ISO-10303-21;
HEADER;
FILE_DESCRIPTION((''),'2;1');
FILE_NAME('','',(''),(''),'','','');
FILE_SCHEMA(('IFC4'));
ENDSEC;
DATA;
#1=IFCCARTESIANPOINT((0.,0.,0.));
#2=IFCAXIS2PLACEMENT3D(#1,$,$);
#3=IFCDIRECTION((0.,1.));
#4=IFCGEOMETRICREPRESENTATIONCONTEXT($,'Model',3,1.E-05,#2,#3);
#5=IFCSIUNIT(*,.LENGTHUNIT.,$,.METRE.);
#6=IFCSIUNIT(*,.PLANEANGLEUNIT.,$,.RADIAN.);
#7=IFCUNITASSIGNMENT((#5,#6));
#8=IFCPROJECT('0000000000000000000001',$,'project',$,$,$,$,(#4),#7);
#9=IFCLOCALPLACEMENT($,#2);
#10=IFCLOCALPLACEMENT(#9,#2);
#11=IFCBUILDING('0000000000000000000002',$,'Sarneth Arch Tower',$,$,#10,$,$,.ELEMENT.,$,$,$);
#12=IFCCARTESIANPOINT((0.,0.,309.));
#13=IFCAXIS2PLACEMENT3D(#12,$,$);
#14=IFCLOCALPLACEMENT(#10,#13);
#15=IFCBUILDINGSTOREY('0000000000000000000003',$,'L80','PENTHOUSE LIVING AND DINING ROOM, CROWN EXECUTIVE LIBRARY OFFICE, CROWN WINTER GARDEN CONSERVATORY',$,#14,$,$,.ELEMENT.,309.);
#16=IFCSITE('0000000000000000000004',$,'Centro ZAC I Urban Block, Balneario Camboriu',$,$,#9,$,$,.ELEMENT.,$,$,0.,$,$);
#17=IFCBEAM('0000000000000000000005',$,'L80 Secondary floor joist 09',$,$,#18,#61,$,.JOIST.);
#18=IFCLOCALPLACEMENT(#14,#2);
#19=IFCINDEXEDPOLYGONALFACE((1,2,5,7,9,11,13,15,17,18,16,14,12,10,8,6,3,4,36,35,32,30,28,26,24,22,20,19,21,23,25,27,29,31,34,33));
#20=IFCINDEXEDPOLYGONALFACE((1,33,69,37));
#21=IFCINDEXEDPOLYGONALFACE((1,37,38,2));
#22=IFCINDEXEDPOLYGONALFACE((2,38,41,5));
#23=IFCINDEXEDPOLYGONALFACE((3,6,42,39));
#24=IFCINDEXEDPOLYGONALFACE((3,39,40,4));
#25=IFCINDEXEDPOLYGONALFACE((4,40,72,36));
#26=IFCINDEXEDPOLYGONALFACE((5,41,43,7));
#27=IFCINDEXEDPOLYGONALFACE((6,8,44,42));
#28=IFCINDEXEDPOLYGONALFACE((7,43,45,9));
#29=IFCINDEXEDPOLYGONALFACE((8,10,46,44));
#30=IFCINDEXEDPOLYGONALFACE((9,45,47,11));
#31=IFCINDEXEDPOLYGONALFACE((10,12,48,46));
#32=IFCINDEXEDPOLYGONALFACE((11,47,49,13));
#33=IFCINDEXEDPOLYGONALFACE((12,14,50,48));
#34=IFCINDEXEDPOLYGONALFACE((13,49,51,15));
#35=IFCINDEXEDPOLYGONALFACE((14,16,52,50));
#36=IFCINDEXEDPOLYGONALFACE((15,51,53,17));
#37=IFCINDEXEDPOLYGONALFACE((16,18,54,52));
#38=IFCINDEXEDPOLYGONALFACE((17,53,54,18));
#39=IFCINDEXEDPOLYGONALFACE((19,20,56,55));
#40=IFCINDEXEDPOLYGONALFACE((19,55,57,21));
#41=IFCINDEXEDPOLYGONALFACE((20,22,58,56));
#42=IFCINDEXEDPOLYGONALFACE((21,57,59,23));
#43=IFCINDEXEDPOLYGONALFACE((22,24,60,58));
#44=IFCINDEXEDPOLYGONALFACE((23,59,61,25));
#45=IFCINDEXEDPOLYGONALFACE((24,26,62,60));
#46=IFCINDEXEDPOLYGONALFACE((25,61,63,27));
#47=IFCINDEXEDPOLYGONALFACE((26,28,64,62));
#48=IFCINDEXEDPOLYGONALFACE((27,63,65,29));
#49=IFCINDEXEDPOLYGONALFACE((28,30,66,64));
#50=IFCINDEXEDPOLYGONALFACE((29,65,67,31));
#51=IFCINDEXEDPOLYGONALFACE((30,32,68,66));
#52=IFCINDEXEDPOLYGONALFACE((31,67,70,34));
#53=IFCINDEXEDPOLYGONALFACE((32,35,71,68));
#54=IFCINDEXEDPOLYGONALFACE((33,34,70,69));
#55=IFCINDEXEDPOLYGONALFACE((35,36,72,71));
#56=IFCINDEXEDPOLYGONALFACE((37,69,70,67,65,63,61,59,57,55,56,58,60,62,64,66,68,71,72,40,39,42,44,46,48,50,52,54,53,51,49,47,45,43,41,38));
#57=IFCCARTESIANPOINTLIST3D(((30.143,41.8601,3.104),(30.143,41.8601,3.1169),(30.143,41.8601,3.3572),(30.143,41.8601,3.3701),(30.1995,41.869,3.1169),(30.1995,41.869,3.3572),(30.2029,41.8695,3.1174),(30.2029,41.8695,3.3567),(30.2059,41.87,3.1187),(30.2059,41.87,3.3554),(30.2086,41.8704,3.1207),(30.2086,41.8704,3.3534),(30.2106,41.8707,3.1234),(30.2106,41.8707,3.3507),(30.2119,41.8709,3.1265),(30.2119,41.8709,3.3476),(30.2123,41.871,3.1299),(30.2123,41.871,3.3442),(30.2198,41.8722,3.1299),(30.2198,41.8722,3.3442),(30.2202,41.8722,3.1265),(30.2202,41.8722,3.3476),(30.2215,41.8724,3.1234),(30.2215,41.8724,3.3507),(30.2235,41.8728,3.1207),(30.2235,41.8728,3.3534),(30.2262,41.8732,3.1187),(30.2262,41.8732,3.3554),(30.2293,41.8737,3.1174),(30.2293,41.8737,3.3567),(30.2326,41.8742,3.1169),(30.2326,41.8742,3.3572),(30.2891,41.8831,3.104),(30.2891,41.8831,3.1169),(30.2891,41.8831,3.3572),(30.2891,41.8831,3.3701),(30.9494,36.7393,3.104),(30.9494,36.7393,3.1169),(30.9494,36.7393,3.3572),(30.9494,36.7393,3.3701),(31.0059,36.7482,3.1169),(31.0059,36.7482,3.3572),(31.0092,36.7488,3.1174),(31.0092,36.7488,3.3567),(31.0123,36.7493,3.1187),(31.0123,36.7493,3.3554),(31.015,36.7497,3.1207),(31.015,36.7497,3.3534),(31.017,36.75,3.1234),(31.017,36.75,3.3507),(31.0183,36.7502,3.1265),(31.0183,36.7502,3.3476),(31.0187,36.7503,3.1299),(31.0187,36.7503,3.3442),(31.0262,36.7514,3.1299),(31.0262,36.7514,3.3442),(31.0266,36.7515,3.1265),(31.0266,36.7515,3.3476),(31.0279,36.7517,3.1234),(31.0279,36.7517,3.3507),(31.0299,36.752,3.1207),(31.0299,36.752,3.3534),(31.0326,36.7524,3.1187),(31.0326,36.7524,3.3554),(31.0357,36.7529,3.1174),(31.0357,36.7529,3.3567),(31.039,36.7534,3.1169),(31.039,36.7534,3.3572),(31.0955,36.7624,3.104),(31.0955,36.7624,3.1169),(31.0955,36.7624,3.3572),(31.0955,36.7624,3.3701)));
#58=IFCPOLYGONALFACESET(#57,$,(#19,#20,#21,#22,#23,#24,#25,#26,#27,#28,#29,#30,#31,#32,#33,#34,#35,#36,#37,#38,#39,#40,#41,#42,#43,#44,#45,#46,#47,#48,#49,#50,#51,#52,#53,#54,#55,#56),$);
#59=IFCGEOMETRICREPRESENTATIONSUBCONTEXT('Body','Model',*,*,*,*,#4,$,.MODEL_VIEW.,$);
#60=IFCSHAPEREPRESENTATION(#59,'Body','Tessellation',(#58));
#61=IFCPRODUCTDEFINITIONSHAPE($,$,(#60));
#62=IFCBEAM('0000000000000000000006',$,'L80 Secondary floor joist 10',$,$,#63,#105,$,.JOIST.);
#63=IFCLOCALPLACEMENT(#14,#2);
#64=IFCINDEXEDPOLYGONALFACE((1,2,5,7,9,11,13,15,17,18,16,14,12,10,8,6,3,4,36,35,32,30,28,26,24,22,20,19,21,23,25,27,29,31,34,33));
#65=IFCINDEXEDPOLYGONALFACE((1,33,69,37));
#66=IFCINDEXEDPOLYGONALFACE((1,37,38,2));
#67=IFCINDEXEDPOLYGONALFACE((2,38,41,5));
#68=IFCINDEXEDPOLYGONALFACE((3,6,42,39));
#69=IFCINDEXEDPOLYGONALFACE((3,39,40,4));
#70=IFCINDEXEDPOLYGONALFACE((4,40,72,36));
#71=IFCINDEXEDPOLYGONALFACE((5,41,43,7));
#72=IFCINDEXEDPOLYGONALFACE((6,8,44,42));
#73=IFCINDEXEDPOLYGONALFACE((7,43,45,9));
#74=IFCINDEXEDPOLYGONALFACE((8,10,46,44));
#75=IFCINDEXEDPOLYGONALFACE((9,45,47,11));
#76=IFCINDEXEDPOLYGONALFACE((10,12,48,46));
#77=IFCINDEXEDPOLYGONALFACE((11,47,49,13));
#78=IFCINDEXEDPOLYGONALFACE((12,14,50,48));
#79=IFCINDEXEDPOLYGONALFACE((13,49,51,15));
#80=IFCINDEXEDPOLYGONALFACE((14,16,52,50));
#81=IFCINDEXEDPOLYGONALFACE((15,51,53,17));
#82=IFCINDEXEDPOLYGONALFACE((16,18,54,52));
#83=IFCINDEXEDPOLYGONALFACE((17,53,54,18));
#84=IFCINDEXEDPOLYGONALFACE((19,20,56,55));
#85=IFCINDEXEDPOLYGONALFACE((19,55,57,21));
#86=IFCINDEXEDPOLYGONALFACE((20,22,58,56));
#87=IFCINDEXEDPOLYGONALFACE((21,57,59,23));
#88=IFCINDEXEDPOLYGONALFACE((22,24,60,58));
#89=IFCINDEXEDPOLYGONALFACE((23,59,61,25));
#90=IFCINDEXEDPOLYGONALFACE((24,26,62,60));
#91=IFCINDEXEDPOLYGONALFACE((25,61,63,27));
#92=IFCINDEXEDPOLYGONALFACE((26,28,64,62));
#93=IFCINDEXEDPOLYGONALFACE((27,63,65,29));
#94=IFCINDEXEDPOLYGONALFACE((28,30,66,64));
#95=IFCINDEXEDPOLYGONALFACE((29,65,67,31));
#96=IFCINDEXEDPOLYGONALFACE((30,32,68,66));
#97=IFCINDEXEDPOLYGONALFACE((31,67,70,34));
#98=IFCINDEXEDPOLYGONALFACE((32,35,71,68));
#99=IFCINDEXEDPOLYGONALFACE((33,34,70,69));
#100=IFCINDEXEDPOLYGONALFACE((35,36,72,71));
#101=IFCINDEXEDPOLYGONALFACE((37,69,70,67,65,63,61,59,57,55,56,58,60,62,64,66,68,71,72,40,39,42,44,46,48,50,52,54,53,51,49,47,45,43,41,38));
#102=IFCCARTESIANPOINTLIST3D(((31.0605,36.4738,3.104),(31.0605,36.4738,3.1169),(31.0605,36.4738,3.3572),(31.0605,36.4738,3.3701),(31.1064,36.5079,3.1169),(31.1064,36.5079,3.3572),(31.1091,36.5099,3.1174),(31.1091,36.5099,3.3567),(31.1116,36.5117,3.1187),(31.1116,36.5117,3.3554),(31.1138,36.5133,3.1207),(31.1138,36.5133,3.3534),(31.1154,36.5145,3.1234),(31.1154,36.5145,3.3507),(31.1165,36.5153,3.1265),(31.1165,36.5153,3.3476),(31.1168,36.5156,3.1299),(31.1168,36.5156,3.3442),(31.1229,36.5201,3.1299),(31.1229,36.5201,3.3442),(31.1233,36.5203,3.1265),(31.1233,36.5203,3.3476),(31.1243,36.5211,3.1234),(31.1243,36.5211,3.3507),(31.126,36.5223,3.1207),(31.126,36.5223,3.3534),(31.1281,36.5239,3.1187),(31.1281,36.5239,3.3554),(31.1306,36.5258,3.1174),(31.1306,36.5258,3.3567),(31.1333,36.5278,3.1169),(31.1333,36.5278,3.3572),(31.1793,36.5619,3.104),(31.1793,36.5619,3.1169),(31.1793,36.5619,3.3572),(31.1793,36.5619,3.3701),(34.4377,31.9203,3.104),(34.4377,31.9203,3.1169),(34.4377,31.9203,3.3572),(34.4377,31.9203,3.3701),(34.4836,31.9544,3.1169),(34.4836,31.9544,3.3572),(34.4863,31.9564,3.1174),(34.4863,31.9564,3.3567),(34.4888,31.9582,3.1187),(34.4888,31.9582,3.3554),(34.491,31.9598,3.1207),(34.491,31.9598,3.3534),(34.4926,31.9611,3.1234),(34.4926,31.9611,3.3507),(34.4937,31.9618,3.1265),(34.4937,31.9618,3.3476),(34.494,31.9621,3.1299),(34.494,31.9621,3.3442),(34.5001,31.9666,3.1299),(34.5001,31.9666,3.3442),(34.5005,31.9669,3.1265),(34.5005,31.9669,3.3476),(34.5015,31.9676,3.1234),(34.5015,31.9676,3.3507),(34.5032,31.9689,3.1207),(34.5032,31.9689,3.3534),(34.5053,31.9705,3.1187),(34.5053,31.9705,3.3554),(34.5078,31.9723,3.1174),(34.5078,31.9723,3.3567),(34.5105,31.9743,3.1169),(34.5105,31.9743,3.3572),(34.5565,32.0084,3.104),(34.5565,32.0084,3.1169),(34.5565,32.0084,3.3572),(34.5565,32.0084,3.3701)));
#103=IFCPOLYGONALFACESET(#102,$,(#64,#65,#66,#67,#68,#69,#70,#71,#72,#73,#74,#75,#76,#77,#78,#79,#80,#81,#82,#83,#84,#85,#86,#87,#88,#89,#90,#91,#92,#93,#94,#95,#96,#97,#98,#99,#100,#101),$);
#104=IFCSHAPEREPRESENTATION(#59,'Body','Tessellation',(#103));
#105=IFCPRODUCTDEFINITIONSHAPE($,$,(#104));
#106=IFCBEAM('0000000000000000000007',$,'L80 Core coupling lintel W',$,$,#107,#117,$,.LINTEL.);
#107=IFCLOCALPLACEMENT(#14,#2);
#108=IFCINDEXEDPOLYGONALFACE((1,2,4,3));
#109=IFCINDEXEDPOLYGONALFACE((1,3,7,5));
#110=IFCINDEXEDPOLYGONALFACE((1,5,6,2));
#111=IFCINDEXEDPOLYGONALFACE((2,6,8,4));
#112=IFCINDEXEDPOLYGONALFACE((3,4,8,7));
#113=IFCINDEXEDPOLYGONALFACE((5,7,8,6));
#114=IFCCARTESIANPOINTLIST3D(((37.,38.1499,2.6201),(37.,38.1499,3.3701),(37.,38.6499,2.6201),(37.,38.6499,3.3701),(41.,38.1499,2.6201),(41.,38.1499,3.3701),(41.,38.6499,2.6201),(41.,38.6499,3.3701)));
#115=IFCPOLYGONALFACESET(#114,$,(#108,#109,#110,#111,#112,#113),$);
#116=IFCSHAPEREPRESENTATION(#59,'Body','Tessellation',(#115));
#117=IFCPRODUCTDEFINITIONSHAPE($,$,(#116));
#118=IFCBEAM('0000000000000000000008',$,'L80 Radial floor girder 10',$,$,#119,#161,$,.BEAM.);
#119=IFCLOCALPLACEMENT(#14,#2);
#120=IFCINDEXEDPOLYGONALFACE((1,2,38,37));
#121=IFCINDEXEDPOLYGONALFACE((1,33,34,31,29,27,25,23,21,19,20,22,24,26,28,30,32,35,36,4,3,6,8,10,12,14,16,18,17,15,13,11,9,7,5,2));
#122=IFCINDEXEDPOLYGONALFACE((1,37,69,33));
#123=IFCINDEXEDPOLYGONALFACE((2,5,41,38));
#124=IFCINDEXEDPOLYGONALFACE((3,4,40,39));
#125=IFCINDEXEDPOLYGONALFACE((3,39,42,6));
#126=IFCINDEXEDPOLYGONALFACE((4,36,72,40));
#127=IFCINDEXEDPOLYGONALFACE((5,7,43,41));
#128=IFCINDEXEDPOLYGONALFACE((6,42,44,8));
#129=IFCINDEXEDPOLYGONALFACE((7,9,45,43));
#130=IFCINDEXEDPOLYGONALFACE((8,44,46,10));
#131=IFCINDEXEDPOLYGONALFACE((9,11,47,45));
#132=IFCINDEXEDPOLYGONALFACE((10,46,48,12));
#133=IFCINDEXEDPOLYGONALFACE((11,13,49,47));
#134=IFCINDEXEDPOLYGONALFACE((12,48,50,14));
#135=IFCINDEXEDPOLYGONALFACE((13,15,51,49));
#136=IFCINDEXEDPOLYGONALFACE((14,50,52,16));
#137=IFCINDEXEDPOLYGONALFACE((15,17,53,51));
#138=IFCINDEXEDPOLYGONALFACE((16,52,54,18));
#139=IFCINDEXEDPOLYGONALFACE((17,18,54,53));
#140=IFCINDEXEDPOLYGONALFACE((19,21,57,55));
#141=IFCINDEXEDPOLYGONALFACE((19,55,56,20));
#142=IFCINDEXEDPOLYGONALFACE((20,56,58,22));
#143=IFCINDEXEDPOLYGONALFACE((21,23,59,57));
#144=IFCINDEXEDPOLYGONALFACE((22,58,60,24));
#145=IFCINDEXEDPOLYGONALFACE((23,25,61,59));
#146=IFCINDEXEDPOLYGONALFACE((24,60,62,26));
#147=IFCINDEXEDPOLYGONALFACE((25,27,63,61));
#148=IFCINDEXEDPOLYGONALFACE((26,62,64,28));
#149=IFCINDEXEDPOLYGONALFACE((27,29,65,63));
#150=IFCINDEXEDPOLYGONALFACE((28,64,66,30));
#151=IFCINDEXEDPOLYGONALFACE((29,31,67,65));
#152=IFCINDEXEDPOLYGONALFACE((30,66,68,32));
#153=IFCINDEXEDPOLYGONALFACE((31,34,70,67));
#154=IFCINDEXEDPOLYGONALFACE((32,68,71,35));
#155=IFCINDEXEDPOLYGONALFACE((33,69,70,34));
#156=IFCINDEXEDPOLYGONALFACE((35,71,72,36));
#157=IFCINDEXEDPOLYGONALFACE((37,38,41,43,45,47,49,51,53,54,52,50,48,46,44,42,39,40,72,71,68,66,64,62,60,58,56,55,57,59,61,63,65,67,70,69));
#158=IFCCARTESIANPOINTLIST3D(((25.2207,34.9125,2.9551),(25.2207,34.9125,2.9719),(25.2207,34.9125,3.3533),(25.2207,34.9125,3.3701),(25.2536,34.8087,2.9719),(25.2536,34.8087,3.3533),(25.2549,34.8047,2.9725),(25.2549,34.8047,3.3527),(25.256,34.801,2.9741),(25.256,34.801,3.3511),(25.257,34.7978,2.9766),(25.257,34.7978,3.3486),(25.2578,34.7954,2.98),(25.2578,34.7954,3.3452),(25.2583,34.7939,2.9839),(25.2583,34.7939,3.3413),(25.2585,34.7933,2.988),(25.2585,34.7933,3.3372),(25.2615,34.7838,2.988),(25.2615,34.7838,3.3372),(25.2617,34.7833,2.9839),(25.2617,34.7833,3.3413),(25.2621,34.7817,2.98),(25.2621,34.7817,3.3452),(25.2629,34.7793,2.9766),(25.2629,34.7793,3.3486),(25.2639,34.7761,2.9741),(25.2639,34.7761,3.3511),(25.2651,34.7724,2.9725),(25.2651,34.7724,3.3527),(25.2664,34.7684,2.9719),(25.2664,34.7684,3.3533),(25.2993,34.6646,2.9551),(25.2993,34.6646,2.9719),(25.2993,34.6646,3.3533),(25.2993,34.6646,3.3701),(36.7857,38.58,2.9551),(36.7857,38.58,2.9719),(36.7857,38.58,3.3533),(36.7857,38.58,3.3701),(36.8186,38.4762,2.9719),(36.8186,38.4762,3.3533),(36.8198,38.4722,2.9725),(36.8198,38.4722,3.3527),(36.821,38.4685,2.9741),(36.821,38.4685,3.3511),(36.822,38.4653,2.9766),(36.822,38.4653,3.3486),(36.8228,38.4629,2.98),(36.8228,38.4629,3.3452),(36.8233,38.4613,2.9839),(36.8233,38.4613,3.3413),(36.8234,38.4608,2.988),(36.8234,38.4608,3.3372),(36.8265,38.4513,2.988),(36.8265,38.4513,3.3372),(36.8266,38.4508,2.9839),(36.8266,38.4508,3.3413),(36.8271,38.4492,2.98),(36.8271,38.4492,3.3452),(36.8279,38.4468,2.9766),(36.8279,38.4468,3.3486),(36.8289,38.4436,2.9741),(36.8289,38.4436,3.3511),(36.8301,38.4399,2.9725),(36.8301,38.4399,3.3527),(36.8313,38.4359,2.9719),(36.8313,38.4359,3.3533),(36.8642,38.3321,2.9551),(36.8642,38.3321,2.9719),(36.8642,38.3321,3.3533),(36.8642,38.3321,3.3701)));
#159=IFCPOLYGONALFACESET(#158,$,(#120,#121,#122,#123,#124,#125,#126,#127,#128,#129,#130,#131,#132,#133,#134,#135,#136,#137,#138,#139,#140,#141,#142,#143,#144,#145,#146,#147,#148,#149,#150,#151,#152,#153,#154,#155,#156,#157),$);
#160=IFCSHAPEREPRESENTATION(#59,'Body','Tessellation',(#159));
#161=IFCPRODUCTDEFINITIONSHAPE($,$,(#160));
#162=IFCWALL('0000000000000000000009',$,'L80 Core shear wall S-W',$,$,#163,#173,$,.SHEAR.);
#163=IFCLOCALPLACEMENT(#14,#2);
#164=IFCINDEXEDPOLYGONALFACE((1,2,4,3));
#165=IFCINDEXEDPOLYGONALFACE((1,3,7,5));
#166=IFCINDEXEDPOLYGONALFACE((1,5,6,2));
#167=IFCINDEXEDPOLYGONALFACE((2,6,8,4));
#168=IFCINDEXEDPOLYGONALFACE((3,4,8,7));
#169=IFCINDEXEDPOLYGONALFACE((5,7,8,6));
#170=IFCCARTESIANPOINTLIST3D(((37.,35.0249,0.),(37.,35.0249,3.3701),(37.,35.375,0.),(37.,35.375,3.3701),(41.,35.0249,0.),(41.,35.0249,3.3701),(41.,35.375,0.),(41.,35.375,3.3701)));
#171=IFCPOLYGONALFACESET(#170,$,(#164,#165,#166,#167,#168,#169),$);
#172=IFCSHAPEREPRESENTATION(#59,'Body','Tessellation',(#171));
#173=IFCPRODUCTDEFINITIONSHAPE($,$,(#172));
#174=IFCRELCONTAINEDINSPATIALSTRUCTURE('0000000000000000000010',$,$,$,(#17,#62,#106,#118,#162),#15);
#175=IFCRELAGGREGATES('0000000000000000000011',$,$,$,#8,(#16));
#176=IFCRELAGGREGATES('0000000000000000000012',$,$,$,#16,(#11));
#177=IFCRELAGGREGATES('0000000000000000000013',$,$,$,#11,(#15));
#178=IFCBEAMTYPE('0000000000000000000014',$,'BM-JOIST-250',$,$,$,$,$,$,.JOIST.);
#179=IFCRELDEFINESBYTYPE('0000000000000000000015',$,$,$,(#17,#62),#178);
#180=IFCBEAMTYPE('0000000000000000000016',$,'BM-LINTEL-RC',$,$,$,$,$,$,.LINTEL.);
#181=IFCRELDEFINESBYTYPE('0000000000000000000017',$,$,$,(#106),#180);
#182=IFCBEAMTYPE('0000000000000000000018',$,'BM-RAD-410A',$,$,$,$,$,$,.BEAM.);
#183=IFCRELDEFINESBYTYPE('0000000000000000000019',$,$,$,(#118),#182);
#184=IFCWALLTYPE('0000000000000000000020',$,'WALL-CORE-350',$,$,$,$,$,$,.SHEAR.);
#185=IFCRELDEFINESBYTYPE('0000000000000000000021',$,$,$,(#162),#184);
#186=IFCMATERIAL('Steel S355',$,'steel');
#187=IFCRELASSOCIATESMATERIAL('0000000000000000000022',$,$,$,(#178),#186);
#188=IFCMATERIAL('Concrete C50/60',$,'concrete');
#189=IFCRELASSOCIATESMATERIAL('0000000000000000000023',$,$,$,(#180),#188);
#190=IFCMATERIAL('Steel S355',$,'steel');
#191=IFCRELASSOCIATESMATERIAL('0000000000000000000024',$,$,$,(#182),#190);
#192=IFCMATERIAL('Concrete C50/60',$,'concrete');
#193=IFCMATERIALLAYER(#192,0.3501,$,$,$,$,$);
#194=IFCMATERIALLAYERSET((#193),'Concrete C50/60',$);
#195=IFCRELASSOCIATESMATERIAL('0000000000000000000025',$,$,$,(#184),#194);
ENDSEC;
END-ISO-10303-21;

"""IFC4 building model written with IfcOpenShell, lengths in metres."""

from ifc_helpers import new_model, si_unit, direction, frame, frame_2d, origin, origin_2d, place, context, subcontext, project, spatial, rectangle, i_section, extrude, material, layer, layer_set, material_profile, profile_set, type_object, element, save


model = new_model("IFC4")

# Units and contexts
model_context = context("Model", 3, precision=1e-05, world=origin(), true_north=direction((0.0, 1.0)))
body_context = subcontext(model_context, "Body", "Model", "MODEL_VIEW")
ifc_project = project(units=[si_unit("LENGTHUNIT", "METRE"), si_unit("PLANEANGLEUNIT", "RADIAN")], contexts=[model_context])

# Site, building, storey
site_placement = place(None, origin())
site = spatial("IfcSite", under=ifc_project, at=site_placement, Name="Centro ZAC I Urban Block, Balneario Camboriu", CompositionType="ELEMENT", RefElevation=0.0)
building_placement = place(site_placement, origin())
building = spatial("IfcBuilding", under=site, at=building_placement, Name="Sarneth Arch Tower", CompositionType="ELEMENT")
storey_placement = place(building_placement, frame((0.0, 0.0, 309.0)))
storey = spatial("IfcBuildingStorey", under=building, at=storey_placement, Name="L80", Description="PENTHOUSE LIVING AND DINING ROOM, CROWN EXECUTIVE LIBRARY OFFICE, CROWN WINTER GARDEN CONSERVATORY", CompositionType="ELEMENT", Elevation=309.0)

# Beams
ifc_material_1 = material(Name="Steel S355", Category="steel")
ifc_material_profile_1 = material_profile(ifc_material_1, i_section(OverallWidth=0.1479, OverallDepth=0.2661, WebThickness=0.0076, FlangeThickness=0.0129, FilletRadius=0.0129, at=origin_2d()), Name="W250x44.8")
ifc_profile_set_1 = profile_set([ifc_material_profile_1], Name="Steel S355")
beam_type_1 = type_object("IfcBeamType", Name="BM-JOIST-250", PredefinedType="JOIST", material=ifc_profile_set_1)
beam_1_placement = place(storey_placement, frame((30.2161, 41.8716, 3.2371), z_axis=(0.155556, -0.987827, 0.0), x_axis=(0.987827, 0.155556, 0.0)))
element("IfcBeam", 1, at=beam_1_placement, inside=storey, type_object=beam_type_1, Name="L80 Secondary floor joist 09", PredefinedType="JOIST", context=body_context, shape_type="SweptSolid", body=[
    extrude(i_section(OverallWidth=0.1479, OverallDepth=0.2661, WebThickness=0.0076, FlangeThickness=0.0129, FilletRadius=0.0129, at=origin_2d()), origin(), (0.0, 0.0, 1.0), 5.1838),
])
beam_2_placement = place(storey_placement, frame((31.1199, 36.5178, 3.2371), z_axis=(0.595713, -0.803198, 0.0), x_axis=(0.803198, 0.595713, 0.0)))
element("IfcBeam", 2, at=beam_2_placement, inside=storey, type_object=beam_type_1, Name="L80 Secondary floor joist 10", PredefinedType="JOIST", context=body_context, shape_type="SweptSolid", body=[
    extrude(i_section(OverallWidth=0.1479, OverallDepth=0.2661, WebThickness=0.0076, FlangeThickness=0.0129, FilletRadius=0.0129, at=origin_2d()), origin(), (0.0, 0.0, 1.0), 5.6692),
])
ifc_material_2 = material(Name="Concrete C50/60", Category="concrete")
ifc_material_profile_2 = material_profile(ifc_material_2, rectangle(XDim=0.5, YDim=0.75, at=origin_2d()), Name="RC-500x750")
ifc_profile_set_2 = profile_set([ifc_material_profile_2], Name="Concrete C50/60")
beam_type_2 = type_object("IfcBeamType", Name="BM-LINTEL-RC", PredefinedType="LINTEL", material=ifc_profile_set_2)
beam_3_placement = place(storey_placement, frame((37.0, 38.3999, 2.9951), z_axis=(1.0, 0.0, 0.0), x_axis=(0.0, 1.0, 0.0)))
element("IfcBeam", 3, at=beam_3_placement, inside=storey, type_object=beam_type_2, Name="L80 Core coupling lintel W", PredefinedType="LINTEL", context=body_context, shape_type="SweptSolid", body=[
    extrude(rectangle(XDim=0.5, YDim=0.75, at=origin_2d()), origin(), (0.0, 0.0, 1.0), 4.0),
])
ifc_material_3 = material(Name="Steel S355", Category="steel")
ifc_material_profile_3 = material_profile(ifc_material_3, i_section(OverallWidth=0.26, OverallDepth=0.415, WebThickness=0.01, FlangeThickness=0.0168, FilletRadius=0.0161, at=origin_2d()), Name="W410x100")
ifc_profile_set_3 = profile_set([ifc_material_profile_3], Name="Steel S355")
beam_type_3 = type_object("IfcBeamType", Name="BM-RAD-410A", PredefinedType="BEAM", material=ifc_profile_set_3)
beam_4_placement = place(storey_placement, frame((36.825, 38.4561, 3.1626), z_axis=(-0.953218, -0.302285, 0.0), x_axis=(0.302285, -0.953218, 0.0)))
element("IfcBeam", 4, at=beam_4_placement, inside=storey, type_object=beam_type_3, Name="L80 Radial floor girder 10", PredefinedType="BEAM", context=body_context, shape_type="SweptSolid", body=[
    extrude(i_section(OverallWidth=0.26, OverallDepth=0.415, WebThickness=0.01, FlangeThickness=0.0168, FilletRadius=0.0161, at=origin_2d()), origin(), (0.0, 0.0, 1.0), 12.1326),
])

# Wall
ifc_material_4 = material(Name="Concrete C50/60", Category="concrete")
ifc_layer_1 = layer(ifc_material_4, 0.3501)
ifc_layer_set_1 = layer_set([ifc_layer_1], Name="Concrete C50/60")
wall_type_1 = type_object("IfcWallType", Name="WALL-CORE-350", PredefinedType="SHEAR", material=ifc_layer_set_1)
wall_1_placement = place(storey_placement, frame((37.0, 35.2, 0.0), z_axis=(0.0, 0.0, 1.0), x_axis=(1.0, 0.0, 0.0)))
element("IfcWall", 5, at=wall_1_placement, inside=storey, type_object=wall_type_1, Name="L80 Core shear wall S-W", PredefinedType="SHEAR", context=body_context, shape_type="SweptSolid", body=[
    extrude(rectangle(XDim=4.0, YDim=0.3501, at=frame_2d((2.0, 0.0))), origin(), (0.0, 0.0, 1.0), 3.3701),
])

save(model, "model.ifc")
